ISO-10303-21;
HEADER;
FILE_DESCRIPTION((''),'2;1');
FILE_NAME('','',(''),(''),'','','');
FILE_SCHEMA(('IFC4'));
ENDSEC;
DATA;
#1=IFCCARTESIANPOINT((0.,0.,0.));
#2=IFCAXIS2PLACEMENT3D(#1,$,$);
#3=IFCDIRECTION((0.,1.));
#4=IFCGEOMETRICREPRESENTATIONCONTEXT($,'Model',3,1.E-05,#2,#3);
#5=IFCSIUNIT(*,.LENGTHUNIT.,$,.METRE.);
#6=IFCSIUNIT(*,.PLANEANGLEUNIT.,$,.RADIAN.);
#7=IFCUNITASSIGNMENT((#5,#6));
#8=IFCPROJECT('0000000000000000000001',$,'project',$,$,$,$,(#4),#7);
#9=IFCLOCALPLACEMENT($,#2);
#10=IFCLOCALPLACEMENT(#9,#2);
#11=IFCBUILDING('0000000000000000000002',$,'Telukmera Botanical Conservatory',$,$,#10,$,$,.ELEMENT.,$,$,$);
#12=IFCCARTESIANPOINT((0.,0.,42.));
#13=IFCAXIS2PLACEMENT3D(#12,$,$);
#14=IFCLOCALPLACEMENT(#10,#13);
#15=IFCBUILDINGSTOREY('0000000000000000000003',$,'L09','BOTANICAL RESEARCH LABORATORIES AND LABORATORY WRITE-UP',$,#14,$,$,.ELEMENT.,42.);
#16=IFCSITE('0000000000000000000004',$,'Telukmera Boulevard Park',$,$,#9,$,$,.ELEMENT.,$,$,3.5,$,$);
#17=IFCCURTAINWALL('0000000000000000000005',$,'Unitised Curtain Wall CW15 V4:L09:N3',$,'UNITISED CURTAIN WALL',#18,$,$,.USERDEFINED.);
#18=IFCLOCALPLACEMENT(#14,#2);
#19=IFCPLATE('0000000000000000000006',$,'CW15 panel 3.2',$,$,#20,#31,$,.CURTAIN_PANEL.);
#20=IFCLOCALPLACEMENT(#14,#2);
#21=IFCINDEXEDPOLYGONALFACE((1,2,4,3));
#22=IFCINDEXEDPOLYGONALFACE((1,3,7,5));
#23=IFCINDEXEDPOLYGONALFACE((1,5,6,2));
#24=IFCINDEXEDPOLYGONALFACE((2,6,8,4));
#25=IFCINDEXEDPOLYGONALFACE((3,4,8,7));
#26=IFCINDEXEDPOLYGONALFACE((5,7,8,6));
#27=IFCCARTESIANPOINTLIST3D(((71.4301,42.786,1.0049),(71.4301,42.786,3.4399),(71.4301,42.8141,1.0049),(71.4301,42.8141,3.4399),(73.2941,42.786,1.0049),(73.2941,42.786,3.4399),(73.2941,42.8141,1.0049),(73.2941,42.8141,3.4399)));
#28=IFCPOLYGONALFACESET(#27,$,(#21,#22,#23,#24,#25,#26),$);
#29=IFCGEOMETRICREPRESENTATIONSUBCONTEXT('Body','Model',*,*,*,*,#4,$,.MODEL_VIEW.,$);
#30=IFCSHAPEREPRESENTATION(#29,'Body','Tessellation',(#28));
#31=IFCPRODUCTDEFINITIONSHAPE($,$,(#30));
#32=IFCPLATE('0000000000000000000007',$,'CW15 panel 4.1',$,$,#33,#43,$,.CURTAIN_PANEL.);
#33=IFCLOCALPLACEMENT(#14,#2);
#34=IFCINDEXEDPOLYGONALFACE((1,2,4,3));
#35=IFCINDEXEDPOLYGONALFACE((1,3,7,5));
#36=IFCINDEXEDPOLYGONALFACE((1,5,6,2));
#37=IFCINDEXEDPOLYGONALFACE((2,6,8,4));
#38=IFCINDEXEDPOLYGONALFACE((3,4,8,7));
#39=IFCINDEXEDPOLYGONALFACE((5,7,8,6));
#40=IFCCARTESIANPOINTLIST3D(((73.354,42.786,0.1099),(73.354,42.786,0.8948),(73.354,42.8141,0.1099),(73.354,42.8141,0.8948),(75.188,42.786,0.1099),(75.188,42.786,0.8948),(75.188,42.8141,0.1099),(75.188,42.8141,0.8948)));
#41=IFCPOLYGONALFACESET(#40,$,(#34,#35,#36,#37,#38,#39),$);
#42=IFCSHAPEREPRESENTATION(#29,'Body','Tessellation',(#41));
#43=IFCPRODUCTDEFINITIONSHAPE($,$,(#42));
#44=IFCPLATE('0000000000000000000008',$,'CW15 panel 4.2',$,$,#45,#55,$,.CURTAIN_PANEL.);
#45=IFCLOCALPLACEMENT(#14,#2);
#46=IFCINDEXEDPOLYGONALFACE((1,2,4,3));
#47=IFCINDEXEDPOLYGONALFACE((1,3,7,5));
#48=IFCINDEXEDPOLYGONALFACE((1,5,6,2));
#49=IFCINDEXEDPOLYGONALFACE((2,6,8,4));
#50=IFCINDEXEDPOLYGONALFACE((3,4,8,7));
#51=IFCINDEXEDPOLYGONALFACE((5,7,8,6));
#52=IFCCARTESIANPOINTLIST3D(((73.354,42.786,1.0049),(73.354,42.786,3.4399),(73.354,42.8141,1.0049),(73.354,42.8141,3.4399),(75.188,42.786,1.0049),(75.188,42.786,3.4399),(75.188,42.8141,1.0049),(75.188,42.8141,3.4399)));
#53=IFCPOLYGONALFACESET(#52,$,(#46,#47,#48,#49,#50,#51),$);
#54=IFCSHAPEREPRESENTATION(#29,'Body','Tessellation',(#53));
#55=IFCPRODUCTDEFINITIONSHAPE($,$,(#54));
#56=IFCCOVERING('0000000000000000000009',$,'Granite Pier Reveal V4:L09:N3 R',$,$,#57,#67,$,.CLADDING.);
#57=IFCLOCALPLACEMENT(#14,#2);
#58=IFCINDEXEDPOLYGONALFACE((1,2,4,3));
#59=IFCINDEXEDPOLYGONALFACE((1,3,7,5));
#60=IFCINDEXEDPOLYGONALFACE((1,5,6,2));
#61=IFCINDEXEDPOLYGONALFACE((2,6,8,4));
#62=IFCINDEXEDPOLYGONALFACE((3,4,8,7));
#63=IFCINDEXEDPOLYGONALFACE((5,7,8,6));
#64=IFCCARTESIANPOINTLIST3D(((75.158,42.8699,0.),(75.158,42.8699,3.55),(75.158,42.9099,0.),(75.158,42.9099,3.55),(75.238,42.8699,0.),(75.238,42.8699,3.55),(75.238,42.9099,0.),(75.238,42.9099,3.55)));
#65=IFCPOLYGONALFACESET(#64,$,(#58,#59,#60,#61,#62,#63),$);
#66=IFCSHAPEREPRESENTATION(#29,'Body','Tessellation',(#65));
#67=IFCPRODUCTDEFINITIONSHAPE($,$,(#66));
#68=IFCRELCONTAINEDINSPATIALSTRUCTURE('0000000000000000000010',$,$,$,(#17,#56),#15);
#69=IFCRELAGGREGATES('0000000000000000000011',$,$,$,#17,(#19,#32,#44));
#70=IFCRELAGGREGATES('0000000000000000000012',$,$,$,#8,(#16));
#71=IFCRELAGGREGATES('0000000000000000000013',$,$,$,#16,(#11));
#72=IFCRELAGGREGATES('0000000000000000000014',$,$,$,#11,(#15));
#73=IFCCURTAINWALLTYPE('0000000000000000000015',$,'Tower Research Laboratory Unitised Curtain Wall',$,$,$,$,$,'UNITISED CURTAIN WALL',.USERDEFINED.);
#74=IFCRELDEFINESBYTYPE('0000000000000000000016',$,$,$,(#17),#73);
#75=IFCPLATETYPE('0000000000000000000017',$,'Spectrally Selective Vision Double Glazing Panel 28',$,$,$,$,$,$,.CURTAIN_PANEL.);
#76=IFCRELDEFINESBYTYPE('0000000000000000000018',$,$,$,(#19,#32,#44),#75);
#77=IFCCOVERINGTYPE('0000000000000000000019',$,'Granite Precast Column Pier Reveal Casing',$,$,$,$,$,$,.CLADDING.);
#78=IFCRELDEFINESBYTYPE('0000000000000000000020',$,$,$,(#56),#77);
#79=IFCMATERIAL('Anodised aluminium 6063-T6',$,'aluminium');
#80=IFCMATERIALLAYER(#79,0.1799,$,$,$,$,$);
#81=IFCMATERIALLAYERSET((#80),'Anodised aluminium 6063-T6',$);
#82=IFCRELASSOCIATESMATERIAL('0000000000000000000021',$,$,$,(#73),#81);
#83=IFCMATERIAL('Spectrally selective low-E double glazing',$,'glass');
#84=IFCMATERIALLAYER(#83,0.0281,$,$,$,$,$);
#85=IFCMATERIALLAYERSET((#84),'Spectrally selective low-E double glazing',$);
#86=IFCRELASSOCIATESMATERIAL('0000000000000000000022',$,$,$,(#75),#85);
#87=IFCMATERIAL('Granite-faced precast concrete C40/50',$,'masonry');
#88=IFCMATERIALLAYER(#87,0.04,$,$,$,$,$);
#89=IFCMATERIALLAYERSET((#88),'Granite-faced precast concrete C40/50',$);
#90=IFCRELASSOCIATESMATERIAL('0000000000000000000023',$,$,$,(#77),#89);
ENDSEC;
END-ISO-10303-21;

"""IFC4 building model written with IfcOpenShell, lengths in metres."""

from ifc_helpers import new_model, si_unit, direction, frame, origin, origin_2d, place, context, subcontext, project, spatial, rectangle, extrude, material, layer, layer_set, type_object, element, aggregate, save


model = new_model("IFC4")

# Units and contexts
model_context = context("Model", 3, precision=1e-05, world=origin(), true_north=direction((0.0, 1.0)))
body_context = subcontext(model_context, "Body", "Model", "MODEL_VIEW")
ifc_project = project(units=[si_unit("LENGTHUNIT", "METRE"), si_unit("PLANEANGLEUNIT", "RADIAN")], contexts=[model_context])

# Site, building, storey
site_placement = place(None, origin())
site = spatial("IfcSite", under=ifc_project, at=site_placement, Name="Telukmera Boulevard Park", CompositionType="ELEMENT", RefElevation=3.5)
building_placement = place(site_placement, origin())
building = spatial("IfcBuilding", under=site, at=building_placement, Name="Telukmera Botanical Conservatory", CompositionType="ELEMENT")
storey_placement = place(building_placement, frame((0.0, 0.0, 42.0)))
storey = spatial("IfcBuildingStorey", under=building, at=storey_placement, Name="L09", Description="BOTANICAL RESEARCH LABORATORIES AND LABORATORY WRITE-UP", CompositionType="ELEMENT", Elevation=42.0)

# Curtain wall, plates
ifc_material_1 = material(Name="Anodised aluminium 6063-T6", Category="aluminium")
ifc_layer_1 = layer(ifc_material_1, 0.1799)
ifc_layer_set_1 = layer_set([ifc_layer_1], Name="Anodised aluminium 6063-T6")
curtain_wall_type = type_object("IfcCurtainWallType", Name="Tower Research Laboratory Unitised Curtain Wall", ElementType="UNITISED CURTAIN WALL", PredefinedType="USERDEFINED", material=ifc_layer_set_1)
curtain_wall_placement = place(storey_placement, origin())
curtain_wall = element("IfcCurtainWall", 1, at=curtain_wall_placement, inside=storey, type_object=curtain_wall_type, Name="Unitised Curtain Wall CW15 V4:L09:N3", ObjectType="UNITISED CURTAIN WALL", PredefinedType="USERDEFINED")
ifc_material_2 = material(Name="Spectrally selective low-E double glazing", Category="glass")
ifc_layer_2 = layer(ifc_material_2, 0.0281)
ifc_layer_set_2 = layer_set([ifc_layer_2], Name="Spectrally selective low-E double glazing")
plate_type = type_object("IfcPlateType", Name="Spectrally Selective Vision Double Glazing Panel 28", PredefinedType="CURTAIN_PANEL", material=ifc_layer_set_2)
plate_1_placement = place(storey_placement, frame((72.3621, 42.8, 1.0049), z_axis=(0.0, 0.0, 1.0), x_axis=(1.0, 0.0, 0.0)))
plate_1 = element("IfcPlate", 2, at=plate_1_placement, type_object=plate_type, Name="CW15 panel 3.2", PredefinedType="CURTAIN_PANEL", context=body_context, shape_type="SweptSolid", body=[
    extrude(rectangle(XDim=1.864, YDim=0.0281, at=origin_2d()), origin(), (0.0, 0.0, 1.0), 2.4351),
])
plate_2_placement = place(storey_placement, frame((74.271, 42.8, 0.1099), z_axis=(0.0, 0.0, 1.0), x_axis=(1.0, 0.0, 0.0)))
plate_2 = element("IfcPlate", 3, at=plate_2_placement, type_object=plate_type, Name="CW15 panel 4.1", PredefinedType="CURTAIN_PANEL", context=body_context, shape_type="SweptSolid", body=[
    extrude(rectangle(XDim=1.834, YDim=0.0281, at=origin_2d()), origin(), (0.0, 0.0, 1.0), 0.7849),
])
plate_3_placement = place(storey_placement, frame((74.271, 42.8, 1.0049), z_axis=(0.0, 0.0, 1.0), x_axis=(1.0, 0.0, 0.0)))
plate_3 = element("IfcPlate", 4, at=plate_3_placement, type_object=plate_type, Name="CW15 panel 4.2", PredefinedType="CURTAIN_PANEL", context=body_context, shape_type="SweptSolid", body=[
    extrude(rectangle(XDim=1.834, YDim=0.0281, at=origin_2d()), origin(), (0.0, 0.0, 1.0), 2.4351),
])
aggregate(curtain_wall, [plate_1, plate_2, plate_3])

# Covering
ifc_material_3 = material(Name="Granite-faced precast concrete C40/50", Category="masonry")
ifc_layer_3 = layer(ifc_material_3, 0.04)
ifc_layer_set_3 = layer_set([ifc_layer_3], Name="Granite-faced precast concrete C40/50")
covering_type = type_object("IfcCoveringType", Name="Granite Precast Column Pier Reveal Casing", PredefinedType="CLADDING", material=ifc_layer_set_3)
covering_placement = place(storey_placement, frame((75.198, 42.8899, 0.0), z_axis=(0.0, 0.0, 1.0), x_axis=(1.0, 0.0, 0.0)))
element("IfcCovering", 5, at=covering_placement, inside=storey, type_object=covering_type, Name="Granite Pier Reveal V4:L09:N3 R", PredefinedType="CLADDING", context=body_context, shape_type="SweptSolid", body=[
    extrude(rectangle(XDim=0.0801, YDim=0.04, at=origin_2d()), origin(), (0.0, 0.0, 1.0), 3.55),
])

save(model, "model.ifc")
